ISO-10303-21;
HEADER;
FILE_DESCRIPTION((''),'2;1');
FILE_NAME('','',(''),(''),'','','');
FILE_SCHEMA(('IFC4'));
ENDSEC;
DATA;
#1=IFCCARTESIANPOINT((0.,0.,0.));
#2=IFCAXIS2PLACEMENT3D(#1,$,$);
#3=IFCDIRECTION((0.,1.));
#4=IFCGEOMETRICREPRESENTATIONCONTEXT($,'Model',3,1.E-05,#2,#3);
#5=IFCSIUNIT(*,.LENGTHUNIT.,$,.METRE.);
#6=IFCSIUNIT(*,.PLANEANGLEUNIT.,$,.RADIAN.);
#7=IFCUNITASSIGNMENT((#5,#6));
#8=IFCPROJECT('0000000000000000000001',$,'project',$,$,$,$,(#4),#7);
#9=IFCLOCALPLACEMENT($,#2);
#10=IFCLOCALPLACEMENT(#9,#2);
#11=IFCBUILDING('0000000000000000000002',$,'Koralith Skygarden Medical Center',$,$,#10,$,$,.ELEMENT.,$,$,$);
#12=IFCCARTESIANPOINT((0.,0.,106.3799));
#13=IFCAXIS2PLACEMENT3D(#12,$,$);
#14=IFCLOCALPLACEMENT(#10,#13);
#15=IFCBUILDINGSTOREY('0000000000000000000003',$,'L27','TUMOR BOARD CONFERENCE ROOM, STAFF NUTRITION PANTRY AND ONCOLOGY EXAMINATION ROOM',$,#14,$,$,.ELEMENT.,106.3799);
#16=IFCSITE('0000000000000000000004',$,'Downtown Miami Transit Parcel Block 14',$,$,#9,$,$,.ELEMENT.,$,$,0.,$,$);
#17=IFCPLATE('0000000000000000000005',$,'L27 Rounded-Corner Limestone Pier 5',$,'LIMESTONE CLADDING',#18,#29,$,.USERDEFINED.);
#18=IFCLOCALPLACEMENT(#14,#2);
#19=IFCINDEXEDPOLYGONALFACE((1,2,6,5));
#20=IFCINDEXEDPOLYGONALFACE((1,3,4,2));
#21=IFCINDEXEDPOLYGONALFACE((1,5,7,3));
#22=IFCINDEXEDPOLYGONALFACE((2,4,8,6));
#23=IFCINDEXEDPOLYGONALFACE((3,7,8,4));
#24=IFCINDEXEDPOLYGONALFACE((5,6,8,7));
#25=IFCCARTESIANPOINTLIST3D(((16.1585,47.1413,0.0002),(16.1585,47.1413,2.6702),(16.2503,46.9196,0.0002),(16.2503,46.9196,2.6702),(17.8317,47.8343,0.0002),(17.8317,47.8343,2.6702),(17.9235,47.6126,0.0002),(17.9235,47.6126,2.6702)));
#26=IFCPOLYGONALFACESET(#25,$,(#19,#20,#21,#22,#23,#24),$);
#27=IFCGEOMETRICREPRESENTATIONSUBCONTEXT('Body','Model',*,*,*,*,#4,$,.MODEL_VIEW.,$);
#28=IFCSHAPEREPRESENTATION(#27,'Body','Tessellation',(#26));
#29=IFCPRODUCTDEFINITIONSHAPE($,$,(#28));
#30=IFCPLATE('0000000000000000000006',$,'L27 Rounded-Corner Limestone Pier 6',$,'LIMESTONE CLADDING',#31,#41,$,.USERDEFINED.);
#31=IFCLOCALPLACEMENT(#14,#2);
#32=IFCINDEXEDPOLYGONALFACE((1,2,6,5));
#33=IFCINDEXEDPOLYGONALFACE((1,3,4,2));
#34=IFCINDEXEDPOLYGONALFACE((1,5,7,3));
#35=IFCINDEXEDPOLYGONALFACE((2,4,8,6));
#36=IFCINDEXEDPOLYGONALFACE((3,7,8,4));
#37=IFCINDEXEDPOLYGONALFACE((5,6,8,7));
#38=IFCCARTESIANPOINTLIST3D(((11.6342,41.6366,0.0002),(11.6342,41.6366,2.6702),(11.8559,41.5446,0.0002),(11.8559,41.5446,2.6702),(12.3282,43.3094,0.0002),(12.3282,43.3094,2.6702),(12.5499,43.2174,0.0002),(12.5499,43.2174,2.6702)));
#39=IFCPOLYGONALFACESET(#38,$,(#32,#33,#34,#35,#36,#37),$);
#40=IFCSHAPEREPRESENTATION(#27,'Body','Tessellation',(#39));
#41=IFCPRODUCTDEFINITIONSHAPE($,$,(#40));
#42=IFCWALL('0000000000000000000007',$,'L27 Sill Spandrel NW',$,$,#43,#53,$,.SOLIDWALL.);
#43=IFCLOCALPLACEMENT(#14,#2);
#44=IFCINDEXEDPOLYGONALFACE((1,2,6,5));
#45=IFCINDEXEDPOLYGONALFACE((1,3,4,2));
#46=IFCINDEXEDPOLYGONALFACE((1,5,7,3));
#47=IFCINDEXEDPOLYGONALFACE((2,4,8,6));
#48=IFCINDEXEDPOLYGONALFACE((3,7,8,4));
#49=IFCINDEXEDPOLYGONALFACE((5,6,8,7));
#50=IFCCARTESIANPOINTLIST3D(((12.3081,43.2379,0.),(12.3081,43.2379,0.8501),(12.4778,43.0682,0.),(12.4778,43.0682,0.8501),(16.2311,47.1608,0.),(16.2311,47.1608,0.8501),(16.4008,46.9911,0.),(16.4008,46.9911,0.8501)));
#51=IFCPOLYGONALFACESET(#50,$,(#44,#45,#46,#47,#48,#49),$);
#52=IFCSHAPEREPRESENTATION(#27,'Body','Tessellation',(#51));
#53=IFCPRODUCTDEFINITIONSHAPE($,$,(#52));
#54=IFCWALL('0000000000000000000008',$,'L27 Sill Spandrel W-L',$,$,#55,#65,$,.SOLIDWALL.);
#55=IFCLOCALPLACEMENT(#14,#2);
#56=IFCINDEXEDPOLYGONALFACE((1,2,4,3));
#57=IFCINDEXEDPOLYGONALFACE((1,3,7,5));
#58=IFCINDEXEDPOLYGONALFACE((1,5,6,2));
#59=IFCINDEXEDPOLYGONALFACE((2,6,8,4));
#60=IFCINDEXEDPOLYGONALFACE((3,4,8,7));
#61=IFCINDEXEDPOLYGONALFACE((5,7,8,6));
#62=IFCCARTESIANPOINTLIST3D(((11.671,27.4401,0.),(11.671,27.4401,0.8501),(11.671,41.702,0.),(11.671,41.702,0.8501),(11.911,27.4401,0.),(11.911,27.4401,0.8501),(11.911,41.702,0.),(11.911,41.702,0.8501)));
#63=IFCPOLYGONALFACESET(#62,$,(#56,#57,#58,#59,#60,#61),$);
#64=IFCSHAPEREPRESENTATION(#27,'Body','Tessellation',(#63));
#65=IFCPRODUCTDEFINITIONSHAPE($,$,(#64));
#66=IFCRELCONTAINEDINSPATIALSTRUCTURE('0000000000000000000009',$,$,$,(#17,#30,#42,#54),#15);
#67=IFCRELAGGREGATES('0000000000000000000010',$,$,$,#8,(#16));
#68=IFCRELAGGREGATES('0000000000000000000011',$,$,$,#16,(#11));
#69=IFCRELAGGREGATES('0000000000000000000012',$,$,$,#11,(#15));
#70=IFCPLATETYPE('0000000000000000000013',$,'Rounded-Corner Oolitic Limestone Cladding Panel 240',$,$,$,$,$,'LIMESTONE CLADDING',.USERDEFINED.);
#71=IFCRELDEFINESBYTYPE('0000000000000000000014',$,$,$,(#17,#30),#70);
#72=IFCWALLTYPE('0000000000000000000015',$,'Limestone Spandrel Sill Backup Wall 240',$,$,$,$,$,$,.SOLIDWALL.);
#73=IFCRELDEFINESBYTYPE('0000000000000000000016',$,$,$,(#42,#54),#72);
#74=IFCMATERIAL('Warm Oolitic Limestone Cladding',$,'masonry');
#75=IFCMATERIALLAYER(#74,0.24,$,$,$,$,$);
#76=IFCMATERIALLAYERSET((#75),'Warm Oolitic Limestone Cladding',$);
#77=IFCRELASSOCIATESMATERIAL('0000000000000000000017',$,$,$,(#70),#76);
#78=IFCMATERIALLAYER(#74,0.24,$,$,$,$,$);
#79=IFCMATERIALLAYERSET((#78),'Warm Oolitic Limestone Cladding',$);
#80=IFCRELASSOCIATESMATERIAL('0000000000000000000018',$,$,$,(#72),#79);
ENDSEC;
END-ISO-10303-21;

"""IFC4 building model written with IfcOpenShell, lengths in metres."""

from ifc_helpers import new_model, si_unit, direction, frame, frame_2d, origin, origin_2d, place, context, subcontext, project, spatial, rectangle, extrude, material, layer, layer_set, type_object, element, save


model = new_model("IFC4")

# Units and contexts
model_context = context("Model", 3, precision=1e-05, world=origin(), true_north=direction((0.0, 1.0)))
body_context = subcontext(model_context, "Body", "Model", "MODEL_VIEW")
ifc_project = project(units=[si_unit("LENGTHUNIT", "METRE"), si_unit("PLANEANGLEUNIT", "RADIAN")], contexts=[model_context])

# Site, building, storey
site_placement = place(None, origin())
site = spatial("IfcSite", under=ifc_project, at=site_placement, Name="Downtown Miami Transit Parcel Block 14", CompositionType="ELEMENT", RefElevation=0.0)
building_placement = place(site_placement, origin())
building = spatial("IfcBuilding", under=site, at=building_placement, Name="Koralith Skygarden Medical Center", CompositionType="ELEMENT")
storey_placement = place(building_placement, frame((0.0, 0.0, 106.3799)))
storey = spatial("IfcBuildingStorey", under=building, at=storey_placement, Name="L27", Description="TUMOR BOARD CONFERENCE ROOM, STAFF NUTRITION PANTRY AND ONCOLOGY EXAMINATION ROOM", CompositionType="ELEMENT", Elevation=106.3799)

# Plates
ifc_material_1 = material(Name="Warm Oolitic Limestone Cladding", Category="masonry")
ifc_layer_1 = layer(ifc_material_1, 0.24)
ifc_layer_set_1 = layer_set([ifc_layer_1], Name="Warm Oolitic Limestone Cladding")
plate_type_1 = type_object("IfcPlateType", Name="Rounded-Corner Oolitic Limestone Cladding Panel 240", ElementType="LIMESTONE CLADDING", PredefinedType="USERDEFINED", material=ifc_layer_set_1)
for number, where, z_axis, x_axis, name in (
    (1, (17.041, 47.377, 0.0002), (0.0, 0.0, 1.0), (-0.923885, -0.382671, 0.0), "L27 Rounded-Corner Limestone Pier 5"),
    (2, (12.092, 42.427, 0.0002), (0.0, 0.0, 1.0), (-0.383214, -0.92366, 0.0), "L27 Rounded-Corner Limestone Pier 6"),
):
    element("IfcPlate", number, at=place(storey_placement, frame(where, z_axis=z_axis, x_axis=x_axis)), inside=storey, type_object=plate_type_1, Name=name, ObjectType="LIMESTONE CLADDING", PredefinedType="USERDEFINED", context=body_context, shape_type="SweptSolid", body=[
        extrude(rectangle(XDim=1.811, YDim=0.24, at=origin_2d()), origin(), (0.0, 0.0, 1.0), 2.6699),
    ])

# Walls
ifc_layer_2 = layer(ifc_material_1, 0.24)
ifc_layer_set_2 = layer_set([ifc_layer_2], Name="Warm Oolitic Limestone Cladding")
wall_type = type_object("IfcWallType", Name="Limestone Spandrel Sill Backup Wall 240", PredefinedType="SOLIDWALL", material=ifc_layer_set_2)
wall_1_placement = place(storey_placement, frame((16.3159, 47.0759, 0.0), z_axis=(0.0, 0.0, 1.0), x_axis=(-0.707107, -0.707107, 0.0)))
element("IfcWall", 3, at=wall_1_placement, inside=storey, type_object=wall_type, Name="L27 Sill Spandrel NW", PredefinedType="SOLIDWALL", context=body_context, shape_type="SweptSolid", body=[
    extrude(rectangle(XDim=5.5479, YDim=0.24, at=frame_2d((2.7739, 0.0))), origin(), (0.0, 0.0, 1.0), 0.8501),
])
wall_2_placement = place(storey_placement, frame((11.791, 41.7019, 0.0), z_axis=(0.0, 0.0, 1.0), x_axis=(0.0, -1.0, 0.0)))
element("IfcWall", 4, at=wall_2_placement, inside=storey, type_object=wall_type, Name="L27 Sill Spandrel W-L", PredefinedType="SOLIDWALL", context=body_context, shape_type="SweptSolid", body=[
    extrude(rectangle(XDim=14.262, YDim=0.24, at=frame_2d((7.1309, 0.0))), origin(), (0.0, 0.0, 1.0), 0.8501),
])

save(model, "model.ifc")
